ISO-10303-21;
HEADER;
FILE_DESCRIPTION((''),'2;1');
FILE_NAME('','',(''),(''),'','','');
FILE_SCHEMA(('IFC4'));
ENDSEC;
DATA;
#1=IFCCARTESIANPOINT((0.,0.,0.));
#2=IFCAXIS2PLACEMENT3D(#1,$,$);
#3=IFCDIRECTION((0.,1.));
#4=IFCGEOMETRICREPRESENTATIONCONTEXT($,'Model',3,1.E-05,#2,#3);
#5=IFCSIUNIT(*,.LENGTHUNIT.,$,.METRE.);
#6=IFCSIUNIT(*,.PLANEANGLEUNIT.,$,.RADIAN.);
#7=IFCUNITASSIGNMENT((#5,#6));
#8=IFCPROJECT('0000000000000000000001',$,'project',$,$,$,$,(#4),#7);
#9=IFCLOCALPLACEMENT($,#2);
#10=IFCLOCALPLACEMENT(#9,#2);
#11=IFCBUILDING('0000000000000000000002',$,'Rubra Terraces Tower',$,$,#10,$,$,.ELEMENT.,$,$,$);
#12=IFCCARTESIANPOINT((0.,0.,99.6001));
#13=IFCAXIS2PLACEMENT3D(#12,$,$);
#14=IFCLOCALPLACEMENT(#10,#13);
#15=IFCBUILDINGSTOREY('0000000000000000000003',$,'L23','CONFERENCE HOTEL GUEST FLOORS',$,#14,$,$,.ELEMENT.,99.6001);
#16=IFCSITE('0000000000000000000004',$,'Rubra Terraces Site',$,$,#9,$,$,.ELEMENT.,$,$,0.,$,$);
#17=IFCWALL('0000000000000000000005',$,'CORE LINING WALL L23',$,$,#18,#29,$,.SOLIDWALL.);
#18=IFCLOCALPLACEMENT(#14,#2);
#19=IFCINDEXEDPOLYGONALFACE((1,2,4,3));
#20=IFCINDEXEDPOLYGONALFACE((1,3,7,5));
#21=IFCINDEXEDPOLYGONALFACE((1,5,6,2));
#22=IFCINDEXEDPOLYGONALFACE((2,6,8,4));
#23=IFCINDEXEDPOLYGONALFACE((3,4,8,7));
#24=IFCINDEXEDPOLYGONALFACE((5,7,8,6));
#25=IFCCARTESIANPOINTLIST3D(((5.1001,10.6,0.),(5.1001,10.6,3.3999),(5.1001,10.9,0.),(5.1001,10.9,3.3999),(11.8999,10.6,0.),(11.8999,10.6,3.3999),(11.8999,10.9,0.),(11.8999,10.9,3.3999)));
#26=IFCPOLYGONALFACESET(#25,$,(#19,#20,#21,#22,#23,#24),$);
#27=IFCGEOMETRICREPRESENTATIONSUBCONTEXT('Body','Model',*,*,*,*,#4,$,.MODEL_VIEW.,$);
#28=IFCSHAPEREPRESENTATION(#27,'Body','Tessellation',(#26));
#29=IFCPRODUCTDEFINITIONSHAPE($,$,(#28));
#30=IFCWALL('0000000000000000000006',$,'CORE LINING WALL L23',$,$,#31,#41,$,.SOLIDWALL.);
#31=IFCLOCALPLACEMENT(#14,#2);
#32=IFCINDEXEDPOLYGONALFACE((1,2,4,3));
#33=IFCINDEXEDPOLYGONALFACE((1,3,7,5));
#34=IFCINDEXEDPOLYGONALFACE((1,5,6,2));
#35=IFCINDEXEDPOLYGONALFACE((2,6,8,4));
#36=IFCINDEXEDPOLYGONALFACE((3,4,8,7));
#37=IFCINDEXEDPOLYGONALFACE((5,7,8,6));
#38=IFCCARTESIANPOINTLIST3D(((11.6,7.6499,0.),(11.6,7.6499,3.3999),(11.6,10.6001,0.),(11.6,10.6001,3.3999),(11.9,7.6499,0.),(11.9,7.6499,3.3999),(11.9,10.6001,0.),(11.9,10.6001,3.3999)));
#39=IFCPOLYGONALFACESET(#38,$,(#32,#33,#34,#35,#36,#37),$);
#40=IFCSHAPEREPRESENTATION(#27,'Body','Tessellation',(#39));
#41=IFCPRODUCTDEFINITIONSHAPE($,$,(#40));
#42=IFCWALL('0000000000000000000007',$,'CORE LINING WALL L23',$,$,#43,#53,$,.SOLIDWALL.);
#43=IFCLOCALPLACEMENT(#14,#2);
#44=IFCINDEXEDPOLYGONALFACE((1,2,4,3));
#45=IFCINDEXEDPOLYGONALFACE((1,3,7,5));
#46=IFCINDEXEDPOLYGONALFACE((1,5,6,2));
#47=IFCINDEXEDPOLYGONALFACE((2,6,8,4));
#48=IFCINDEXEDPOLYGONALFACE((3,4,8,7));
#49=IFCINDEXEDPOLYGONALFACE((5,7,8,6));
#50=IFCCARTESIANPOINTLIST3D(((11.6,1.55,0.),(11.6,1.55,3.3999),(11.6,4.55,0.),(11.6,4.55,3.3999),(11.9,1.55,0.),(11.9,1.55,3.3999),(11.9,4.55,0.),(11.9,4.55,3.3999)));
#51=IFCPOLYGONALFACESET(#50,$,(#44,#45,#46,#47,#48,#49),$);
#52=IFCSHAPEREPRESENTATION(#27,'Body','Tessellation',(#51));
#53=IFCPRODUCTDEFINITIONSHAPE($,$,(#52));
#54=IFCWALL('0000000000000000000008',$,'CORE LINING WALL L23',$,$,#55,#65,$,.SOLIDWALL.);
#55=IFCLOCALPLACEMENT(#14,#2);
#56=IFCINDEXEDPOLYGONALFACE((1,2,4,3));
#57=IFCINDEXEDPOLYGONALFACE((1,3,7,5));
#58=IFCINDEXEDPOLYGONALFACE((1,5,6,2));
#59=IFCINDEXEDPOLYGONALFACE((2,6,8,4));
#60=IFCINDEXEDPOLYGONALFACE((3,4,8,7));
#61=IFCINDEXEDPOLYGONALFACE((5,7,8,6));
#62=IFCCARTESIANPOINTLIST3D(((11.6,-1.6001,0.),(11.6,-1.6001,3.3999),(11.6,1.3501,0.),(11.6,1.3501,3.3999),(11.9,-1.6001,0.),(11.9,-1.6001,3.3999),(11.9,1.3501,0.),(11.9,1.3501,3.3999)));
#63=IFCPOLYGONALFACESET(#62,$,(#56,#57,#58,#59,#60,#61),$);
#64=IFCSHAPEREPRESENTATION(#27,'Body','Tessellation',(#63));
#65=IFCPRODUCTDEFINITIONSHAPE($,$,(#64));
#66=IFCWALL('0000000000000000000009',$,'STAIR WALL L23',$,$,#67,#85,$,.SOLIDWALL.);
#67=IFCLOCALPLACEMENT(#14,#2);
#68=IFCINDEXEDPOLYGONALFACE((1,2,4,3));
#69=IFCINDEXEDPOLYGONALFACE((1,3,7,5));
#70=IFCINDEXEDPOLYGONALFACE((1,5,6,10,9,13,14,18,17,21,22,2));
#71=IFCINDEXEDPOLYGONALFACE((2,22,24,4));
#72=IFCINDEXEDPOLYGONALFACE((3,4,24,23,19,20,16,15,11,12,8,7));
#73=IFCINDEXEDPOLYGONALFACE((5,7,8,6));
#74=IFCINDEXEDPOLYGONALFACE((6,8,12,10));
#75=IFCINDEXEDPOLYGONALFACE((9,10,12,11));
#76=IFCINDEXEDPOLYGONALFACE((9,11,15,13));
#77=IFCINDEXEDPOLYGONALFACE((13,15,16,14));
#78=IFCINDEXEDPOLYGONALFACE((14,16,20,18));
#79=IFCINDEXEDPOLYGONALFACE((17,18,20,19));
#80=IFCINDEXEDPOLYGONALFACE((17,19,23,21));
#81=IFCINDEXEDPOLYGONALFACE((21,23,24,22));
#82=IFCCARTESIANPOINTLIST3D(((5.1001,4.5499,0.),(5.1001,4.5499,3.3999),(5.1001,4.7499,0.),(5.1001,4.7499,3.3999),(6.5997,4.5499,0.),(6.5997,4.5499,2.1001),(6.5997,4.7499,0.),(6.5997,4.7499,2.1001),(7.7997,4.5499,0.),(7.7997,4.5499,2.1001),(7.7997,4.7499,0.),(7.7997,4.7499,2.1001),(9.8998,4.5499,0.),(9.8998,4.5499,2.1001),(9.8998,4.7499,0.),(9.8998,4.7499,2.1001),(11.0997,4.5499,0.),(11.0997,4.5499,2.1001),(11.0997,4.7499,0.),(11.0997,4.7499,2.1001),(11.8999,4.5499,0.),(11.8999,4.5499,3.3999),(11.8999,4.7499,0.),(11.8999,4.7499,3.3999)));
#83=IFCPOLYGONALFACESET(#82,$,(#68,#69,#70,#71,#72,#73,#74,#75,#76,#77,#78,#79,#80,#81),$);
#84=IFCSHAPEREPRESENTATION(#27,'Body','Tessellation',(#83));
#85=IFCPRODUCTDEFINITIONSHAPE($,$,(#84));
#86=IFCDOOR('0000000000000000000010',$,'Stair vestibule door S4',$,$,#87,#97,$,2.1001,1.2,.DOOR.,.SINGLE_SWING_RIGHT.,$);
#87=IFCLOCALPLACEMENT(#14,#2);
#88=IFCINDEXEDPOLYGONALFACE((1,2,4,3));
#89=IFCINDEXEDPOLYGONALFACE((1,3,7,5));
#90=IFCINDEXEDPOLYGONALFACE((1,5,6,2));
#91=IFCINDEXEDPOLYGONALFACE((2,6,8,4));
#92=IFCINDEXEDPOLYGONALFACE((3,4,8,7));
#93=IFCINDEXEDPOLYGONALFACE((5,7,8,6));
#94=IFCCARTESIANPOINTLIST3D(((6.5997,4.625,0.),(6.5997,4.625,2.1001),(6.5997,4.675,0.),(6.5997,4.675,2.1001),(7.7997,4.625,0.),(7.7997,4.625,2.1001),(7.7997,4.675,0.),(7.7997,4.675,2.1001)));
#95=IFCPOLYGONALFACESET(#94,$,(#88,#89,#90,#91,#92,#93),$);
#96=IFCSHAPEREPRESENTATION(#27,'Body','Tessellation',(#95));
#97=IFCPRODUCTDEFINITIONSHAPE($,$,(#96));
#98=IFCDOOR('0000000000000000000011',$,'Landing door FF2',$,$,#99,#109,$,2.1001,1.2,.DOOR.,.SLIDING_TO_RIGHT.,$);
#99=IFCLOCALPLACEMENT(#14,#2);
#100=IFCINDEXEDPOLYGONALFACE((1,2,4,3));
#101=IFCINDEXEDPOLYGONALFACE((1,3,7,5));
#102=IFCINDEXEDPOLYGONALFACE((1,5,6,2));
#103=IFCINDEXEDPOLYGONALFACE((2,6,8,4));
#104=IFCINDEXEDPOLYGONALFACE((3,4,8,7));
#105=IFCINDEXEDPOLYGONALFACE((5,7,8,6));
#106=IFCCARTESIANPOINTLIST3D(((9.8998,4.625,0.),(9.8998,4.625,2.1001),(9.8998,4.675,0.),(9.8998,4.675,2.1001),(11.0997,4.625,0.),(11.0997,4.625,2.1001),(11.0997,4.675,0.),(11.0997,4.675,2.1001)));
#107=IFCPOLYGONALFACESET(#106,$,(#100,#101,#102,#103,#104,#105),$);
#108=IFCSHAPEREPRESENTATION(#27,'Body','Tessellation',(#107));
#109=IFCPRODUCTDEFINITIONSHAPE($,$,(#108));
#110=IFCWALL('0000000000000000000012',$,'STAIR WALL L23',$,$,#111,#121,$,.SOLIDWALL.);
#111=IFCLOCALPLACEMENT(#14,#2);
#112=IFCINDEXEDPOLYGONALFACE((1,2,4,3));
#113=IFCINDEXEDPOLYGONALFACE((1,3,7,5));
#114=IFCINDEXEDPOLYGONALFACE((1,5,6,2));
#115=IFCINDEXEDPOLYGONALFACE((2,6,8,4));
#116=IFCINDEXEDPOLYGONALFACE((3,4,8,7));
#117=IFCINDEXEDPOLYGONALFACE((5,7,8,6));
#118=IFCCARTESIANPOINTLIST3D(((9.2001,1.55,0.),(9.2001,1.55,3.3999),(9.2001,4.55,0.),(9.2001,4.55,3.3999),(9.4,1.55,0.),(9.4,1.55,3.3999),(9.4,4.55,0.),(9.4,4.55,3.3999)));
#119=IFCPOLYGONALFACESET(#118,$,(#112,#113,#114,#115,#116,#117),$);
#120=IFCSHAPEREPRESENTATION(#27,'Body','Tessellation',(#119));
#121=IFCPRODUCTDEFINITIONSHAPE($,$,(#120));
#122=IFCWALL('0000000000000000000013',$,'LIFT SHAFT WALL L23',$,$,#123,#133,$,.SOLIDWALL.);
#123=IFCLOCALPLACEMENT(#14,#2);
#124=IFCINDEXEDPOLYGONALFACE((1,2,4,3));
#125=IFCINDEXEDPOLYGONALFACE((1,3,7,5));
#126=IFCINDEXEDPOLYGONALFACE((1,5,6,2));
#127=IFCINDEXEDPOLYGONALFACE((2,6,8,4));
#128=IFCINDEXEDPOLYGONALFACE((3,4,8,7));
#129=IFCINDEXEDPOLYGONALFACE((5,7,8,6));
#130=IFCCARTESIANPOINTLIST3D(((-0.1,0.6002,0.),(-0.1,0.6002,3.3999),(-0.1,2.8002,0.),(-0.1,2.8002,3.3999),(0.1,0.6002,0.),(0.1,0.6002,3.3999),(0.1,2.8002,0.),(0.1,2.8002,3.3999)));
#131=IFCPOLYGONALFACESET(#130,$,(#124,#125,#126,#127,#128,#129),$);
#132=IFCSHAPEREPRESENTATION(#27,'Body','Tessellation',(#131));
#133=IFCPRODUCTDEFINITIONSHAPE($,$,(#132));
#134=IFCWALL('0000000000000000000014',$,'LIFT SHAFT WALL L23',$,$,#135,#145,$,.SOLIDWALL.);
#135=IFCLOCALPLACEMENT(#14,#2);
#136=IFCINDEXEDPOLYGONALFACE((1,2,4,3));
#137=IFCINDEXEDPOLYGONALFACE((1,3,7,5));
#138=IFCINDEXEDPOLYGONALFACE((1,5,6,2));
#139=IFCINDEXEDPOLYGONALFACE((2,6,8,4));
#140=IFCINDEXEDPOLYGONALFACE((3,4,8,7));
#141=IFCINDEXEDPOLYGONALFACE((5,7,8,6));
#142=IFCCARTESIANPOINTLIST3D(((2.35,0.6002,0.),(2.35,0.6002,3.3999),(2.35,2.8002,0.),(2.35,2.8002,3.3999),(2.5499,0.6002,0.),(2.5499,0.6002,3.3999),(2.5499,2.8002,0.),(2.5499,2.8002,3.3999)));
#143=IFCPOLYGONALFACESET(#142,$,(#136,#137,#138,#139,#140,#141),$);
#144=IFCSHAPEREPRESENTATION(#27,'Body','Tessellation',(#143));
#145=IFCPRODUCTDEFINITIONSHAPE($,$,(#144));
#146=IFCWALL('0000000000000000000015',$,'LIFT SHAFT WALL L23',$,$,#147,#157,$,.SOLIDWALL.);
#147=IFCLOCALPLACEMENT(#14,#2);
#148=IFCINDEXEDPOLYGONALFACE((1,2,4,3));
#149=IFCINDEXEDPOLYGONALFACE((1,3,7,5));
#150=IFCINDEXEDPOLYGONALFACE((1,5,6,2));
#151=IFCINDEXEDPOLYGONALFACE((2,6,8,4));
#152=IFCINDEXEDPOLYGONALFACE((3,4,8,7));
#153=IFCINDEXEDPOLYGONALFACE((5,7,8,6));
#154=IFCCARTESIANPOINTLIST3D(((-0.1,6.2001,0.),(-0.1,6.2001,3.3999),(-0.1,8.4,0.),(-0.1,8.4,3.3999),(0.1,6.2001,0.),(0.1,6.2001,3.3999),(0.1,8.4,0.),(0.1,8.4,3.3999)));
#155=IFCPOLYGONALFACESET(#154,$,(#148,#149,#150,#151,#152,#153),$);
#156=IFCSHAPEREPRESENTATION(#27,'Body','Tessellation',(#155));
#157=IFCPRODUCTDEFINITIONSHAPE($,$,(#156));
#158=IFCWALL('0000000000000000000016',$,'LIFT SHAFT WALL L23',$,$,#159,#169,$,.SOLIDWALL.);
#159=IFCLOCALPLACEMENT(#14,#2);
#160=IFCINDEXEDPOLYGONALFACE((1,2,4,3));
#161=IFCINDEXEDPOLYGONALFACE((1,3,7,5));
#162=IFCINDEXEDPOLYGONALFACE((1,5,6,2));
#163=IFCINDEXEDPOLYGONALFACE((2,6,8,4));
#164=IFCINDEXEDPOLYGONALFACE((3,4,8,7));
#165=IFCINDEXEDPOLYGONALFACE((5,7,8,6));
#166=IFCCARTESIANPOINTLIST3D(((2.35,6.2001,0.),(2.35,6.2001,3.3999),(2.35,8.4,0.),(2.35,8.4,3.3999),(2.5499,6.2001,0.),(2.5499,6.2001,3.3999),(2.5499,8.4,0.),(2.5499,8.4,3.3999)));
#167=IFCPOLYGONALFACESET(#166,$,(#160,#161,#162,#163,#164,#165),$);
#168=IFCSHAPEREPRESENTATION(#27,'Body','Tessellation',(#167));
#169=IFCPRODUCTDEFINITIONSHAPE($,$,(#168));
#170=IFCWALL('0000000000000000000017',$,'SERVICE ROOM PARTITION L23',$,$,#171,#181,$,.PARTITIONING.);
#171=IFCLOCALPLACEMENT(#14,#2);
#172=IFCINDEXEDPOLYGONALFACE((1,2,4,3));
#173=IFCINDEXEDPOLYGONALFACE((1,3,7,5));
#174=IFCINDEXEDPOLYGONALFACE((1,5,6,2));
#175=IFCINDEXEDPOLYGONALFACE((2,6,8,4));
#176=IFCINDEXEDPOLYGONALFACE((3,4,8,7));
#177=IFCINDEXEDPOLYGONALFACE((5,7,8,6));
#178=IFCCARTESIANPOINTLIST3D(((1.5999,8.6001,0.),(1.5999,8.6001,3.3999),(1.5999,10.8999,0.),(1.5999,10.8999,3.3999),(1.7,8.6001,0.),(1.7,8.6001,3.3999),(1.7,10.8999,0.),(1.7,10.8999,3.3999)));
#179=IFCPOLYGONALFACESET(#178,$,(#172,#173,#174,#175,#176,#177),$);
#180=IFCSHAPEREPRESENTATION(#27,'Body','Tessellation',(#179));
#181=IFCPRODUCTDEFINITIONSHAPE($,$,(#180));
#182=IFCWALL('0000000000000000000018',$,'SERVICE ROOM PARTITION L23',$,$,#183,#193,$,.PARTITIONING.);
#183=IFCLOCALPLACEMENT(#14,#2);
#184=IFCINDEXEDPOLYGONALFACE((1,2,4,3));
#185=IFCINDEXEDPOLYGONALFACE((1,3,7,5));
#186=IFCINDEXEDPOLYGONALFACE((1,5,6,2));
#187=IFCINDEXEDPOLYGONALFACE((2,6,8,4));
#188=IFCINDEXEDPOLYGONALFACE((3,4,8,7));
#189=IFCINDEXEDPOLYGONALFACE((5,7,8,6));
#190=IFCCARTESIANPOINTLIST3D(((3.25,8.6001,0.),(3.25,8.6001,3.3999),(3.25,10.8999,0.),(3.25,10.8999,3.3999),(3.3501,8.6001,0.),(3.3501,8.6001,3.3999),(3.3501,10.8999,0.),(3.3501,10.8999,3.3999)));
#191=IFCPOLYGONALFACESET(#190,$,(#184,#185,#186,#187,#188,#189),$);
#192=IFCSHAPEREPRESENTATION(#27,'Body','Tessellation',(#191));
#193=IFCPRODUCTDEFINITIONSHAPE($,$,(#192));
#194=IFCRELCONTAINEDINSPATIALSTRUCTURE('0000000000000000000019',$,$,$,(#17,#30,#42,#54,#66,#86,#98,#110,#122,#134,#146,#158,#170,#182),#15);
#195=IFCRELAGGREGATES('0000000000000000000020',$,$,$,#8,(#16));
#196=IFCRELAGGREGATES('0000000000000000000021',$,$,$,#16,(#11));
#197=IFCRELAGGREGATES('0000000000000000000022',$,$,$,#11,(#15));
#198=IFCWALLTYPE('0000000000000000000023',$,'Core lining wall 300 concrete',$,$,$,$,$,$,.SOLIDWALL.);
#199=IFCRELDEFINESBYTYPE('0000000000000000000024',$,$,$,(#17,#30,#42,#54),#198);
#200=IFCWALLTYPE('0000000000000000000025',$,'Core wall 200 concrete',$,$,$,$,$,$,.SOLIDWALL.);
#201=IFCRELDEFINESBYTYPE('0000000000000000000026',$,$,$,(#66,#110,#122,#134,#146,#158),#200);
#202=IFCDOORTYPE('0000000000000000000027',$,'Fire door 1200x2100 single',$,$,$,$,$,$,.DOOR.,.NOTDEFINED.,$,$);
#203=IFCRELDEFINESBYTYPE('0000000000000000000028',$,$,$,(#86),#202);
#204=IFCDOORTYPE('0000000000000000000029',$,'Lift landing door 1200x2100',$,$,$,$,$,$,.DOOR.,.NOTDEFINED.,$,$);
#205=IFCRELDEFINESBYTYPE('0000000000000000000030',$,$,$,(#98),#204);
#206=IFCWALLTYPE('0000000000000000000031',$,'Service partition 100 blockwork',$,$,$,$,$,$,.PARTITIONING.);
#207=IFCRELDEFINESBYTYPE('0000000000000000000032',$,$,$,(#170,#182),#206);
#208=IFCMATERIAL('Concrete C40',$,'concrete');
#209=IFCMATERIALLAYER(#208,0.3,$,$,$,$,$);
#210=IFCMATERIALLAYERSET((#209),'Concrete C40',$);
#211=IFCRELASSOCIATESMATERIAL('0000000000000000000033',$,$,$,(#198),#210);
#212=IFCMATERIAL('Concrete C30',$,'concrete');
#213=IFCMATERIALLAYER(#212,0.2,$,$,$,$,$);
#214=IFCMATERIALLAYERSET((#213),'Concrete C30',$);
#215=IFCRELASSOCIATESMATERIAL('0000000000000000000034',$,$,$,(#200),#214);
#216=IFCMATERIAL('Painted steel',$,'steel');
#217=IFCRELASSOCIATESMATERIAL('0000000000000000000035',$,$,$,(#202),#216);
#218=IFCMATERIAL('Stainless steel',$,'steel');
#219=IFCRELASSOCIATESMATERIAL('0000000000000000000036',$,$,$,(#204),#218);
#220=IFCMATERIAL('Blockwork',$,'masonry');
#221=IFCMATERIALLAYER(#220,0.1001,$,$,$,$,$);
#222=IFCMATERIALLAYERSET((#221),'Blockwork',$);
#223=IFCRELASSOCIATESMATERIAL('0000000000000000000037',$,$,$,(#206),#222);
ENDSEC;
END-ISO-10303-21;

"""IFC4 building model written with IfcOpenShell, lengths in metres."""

from ifc_helpers import new_model, si_unit, direction, frame, frame_2d, origin, place, context, subcontext, project, spatial, rectangle, extrude, material, layer, layer_set, type_object, element, fill, save


model = new_model("IFC4")

# Units and contexts
model_context = context("Model", 3, precision=1e-05, world=origin(), true_north=direction((0.0, 1.0)))
body_context = subcontext(model_context, "Body", "Model", "MODEL_VIEW")
ifc_project = project(units=[si_unit("LENGTHUNIT", "METRE"), si_unit("PLANEANGLEUNIT", "RADIAN")], contexts=[model_context])

# Site, building, storey
site_placement = place(None, origin())
site = spatial("IfcSite", under=ifc_project, at=site_placement, Name="Rubra Terraces Site", CompositionType="ELEMENT", RefElevation=0.0)
building_placement = place(site_placement, origin())
building = spatial("IfcBuilding", under=site, at=building_placement, Name="Rubra Terraces Tower", CompositionType="ELEMENT")
storey_placement = place(building_placement, frame((0.0, 0.0, 99.6001)))
storey = spatial("IfcBuildingStorey", under=building, at=storey_placement, Name="L23", Description="CONFERENCE HOTEL GUEST FLOORS", CompositionType="ELEMENT", Elevation=99.6001)

# Walls
ifc_material_1 = material(Name="Concrete C40", Category="concrete")
ifc_layer_1 = layer(ifc_material_1, 0.3)
ifc_layer_set_1 = layer_set([ifc_layer_1], Name="Concrete C40")
wall_type_1 = type_object("IfcWallType", Name="Core lining wall 300 concrete", PredefinedType="SOLIDWALL", material=ifc_layer_set_1)
wall_1_placement = place(storey_placement, frame((11.8999, 10.75, 0.0), z_axis=(0.0, 0.0, 1.0), x_axis=(-1.0, 0.0, 0.0)))
element("IfcWall", 1, at=wall_1_placement, inside=storey, type_object=wall_type_1, Name="CORE LINING WALL L23", PredefinedType="SOLIDWALL", context=body_context, shape_type="SweptSolid", body=[
    extrude(rectangle(XDim=6.7998, YDim=0.3, at=frame_2d((3.3999, 0.0))), origin(), (0.0, 0.0, 1.0), 3.3999),
])
wall_2_placement = place(storey_placement, frame((11.75, 10.6001, 0.0), z_axis=(0.0, 0.0, 1.0), x_axis=(0.0, -1.0, 0.0)))
element("IfcWall", 2, at=wall_2_placement, inside=storey, type_object=wall_type_1, Name="CORE LINING WALL L23", PredefinedType="SOLIDWALL", context=body_context, shape_type="SweptSolid", body=[
    extrude(rectangle(XDim=2.9502, YDim=0.3, at=frame_2d((1.4751, 0.0))), origin(), (0.0, 0.0, 1.0), 3.3999),
])
wall_3_placement = place(storey_placement, frame((11.75, 4.55, 0.0), z_axis=(0.0, 0.0, 1.0), x_axis=(0.0, -1.0, 0.0)))
element("IfcWall", 3, at=wall_3_placement, inside=storey, type_object=wall_type_1, Name="CORE LINING WALL L23", PredefinedType="SOLIDWALL", context=body_context, shape_type="SweptSolid", body=[
    extrude(rectangle(XDim=3.0, YDim=0.3, at=frame_2d((1.5, 0.0))), origin(), (0.0, 0.0, 1.0), 3.3999),
])
wall_4_placement = place(storey_placement, frame((11.75, 1.3501, 0.0), z_axis=(0.0, 0.0, 1.0), x_axis=(0.0, -1.0, 0.0)))
element("IfcWall", 4, at=wall_4_placement, inside=storey, type_object=wall_type_1, Name="CORE LINING WALL L23", PredefinedType="SOLIDWALL", context=body_context, shape_type="SweptSolid", body=[
    extrude(rectangle(XDim=2.9502, YDim=0.3, at=frame_2d((1.4751, 0.0))), origin(), (0.0, 0.0, 1.0), 3.3999),
])

# Wall, openings, doors
ifc_material_2 = material(Name="Concrete C30", Category="concrete")
ifc_layer_2 = layer(ifc_material_2, 0.2)
ifc_layer_set_2 = layer_set([ifc_layer_2], Name="Concrete C30")
wall_type_2 = type_object("IfcWallType", Name="Core wall 200 concrete", PredefinedType="SOLIDWALL", material=ifc_layer_set_2)
wall_5_placement = place(storey_placement, frame((11.8999, 4.6499, 0.0), z_axis=(0.0, 0.0, 1.0), x_axis=(-1.0, 0.0, 0.0)))
wall_5 = element("IfcWall", 5, at=wall_5_placement, inside=storey, type_object=wall_type_2, Name="STAIR WALL L23", PredefinedType="SOLIDWALL", context=body_context, shape_type="SweptSolid", body=[
    extrude(rectangle(XDim=6.7998, YDim=0.2, at=frame_2d((3.3999, 0.0))), origin(), (0.0, 0.0, 1.0), 3.3999),
])
opening_1_placement = place(wall_5_placement, frame((4.1001, 0.0, 0.0)))
opening_1 = element("IfcOpeningElement", 6, at=opening_1_placement, cuts=wall_5, PredefinedType="OPENING", context=body_context, shape_type="SweptSolid", body=[
    extrude(rectangle(XDim=1.2, YDim=2.1001, at=frame_2d((0.6001, 1.05))), frame((0.0, 0.1099, 0.0), z_axis=(0.0, -1.0, 0.0), x_axis=(1.0, 0.0, 0.0)), (0.0, 0.0, 1.0), 0.22),
])
opening_2_placement = place(wall_5_placement, frame((0.8, 0.0, 0.0)))
opening_2 = element("IfcOpeningElement", 7, at=opening_2_placement, cuts=wall_5, PredefinedType="OPENING", context=body_context, shape_type="SweptSolid", body=[
    extrude(rectangle(XDim=1.2, YDim=2.1001, at=frame_2d((0.6001, 1.05))), frame((0.0, 0.1099, 0.0), z_axis=(0.0, -1.0, 0.0), x_axis=(1.0, 0.0, 0.0)), (0.0, 0.0, 1.0), 0.22),
])
ifc_material_3 = material(Name="Painted steel", Category="steel")
door_type_1 = type_object("IfcDoorType", Name="Fire door 1200x2100 single", OperationType="NOTDEFINED", PredefinedType="DOOR", material=ifc_material_3)
door_1_placement = place(opening_1_placement, origin())
door_1 = element("IfcDoor", 8, at=door_1_placement, inside=storey, type_object=door_type_1, Name="Stair vestibule door S4", OperationType="SINGLE_SWING_RIGHT", OverallHeight=2.1001, OverallWidth=1.2, PredefinedType="DOOR", context=body_context, shape_type="SweptSolid", body=[
    extrude(rectangle(XDim=1.2, YDim=2.1001, at=frame_2d((0.6001, 1.05))), frame((0.0, 0.0249, 0.0), z_axis=(0.0, -1.0, 0.0), x_axis=(1.0, 0.0, 0.0)), (0.0, 0.0, 1.0), 0.05),
])
fill(opening_1, door_1)
ifc_material_4 = material(Name="Stainless steel", Category="steel")
door_type_2 = type_object("IfcDoorType", Name="Lift landing door 1200x2100", OperationType="NOTDEFINED", PredefinedType="DOOR", material=ifc_material_4)
door_2_placement = place(opening_2_placement, origin())
door_2 = element("IfcDoor", 9, at=door_2_placement, inside=storey, type_object=door_type_2, Name="Landing door FF2", OperationType="SLIDING_TO_RIGHT", OverallHeight=2.1001, OverallWidth=1.2, PredefinedType="DOOR", context=body_context, shape_type="SweptSolid", body=[
    extrude(rectangle(XDim=1.2, YDim=2.1001, at=frame_2d((0.6001, 1.05))), frame((0.0, 0.0249, 0.0), z_axis=(0.0, -1.0, 0.0), x_axis=(1.0, 0.0, 0.0)), (0.0, 0.0, 1.0), 0.05),
])
fill(opening_2, door_2)

# Walls
wall_6_placement = place(storey_placement, frame((9.3, 4.55, 0.0), z_axis=(0.0, 0.0, 1.0), x_axis=(0.0, -1.0, 0.0)))
element("IfcWall", 10, at=wall_6_placement, inside=storey, type_object=wall_type_2, Name="STAIR WALL L23", PredefinedType="SOLIDWALL", context=body_context, shape_type="SweptSolid", body=[
    extrude(rectangle(XDim=3.0, YDim=0.2, at=frame_2d((1.5, 0.0))), origin(), (0.0, 0.0, 1.0), 3.3999),
])
for number, where, z_axis, x_axis, name in (
    (11, (0.0, 0.6001, 0.0), (0.0, 0.0, 1.0), (0.0, 1.0, 0.0), "LIFT SHAFT WALL L23"),
    (12, (2.45, 0.6001, 0.0), (0.0, 0.0, 1.0), (0.0, 1.0, 0.0), "LIFT SHAFT WALL L23"),
    (13, (0.0, 6.2, 0.0), (0.0, 0.0, 1.0), (0.0, 1.0, 0.0), "LIFT SHAFT WALL L23"),
    (14, (2.45, 6.2, 0.0), (0.0, 0.0, 1.0), (0.0, 1.0, 0.0), "LIFT SHAFT WALL L23"),
):
    element("IfcWall", number, at=place(storey_placement, frame(where, z_axis=z_axis, x_axis=x_axis)), inside=storey, type_object=wall_type_2, Name=name, PredefinedType="SOLIDWALL", context=body_context, shape_type="SweptSolid", body=[
        extrude(rectangle(XDim=2.2, YDim=0.2, at=frame_2d((1.1001, 0.0))), origin(), (0.0, 0.0, 1.0), 3.3999),
    ])
ifc_material_5 = material(Name="Blockwork", Category="masonry")
ifc_layer_3 = layer(ifc_material_5, 0.1001)
ifc_layer_set_3 = layer_set([ifc_layer_3], Name="Blockwork")
wall_type_3 = type_object("IfcWallType", Name="Service partition 100 blockwork", PredefinedType="PARTITIONING", material=ifc_layer_set_3)
for number, where, z_axis, x_axis, name in (
    (15, (1.6499, 8.6001, 0.0), (0.0, 0.0, 1.0), (0.0, 1.0, 0.0), "SERVICE ROOM PARTITION L23"),
    (16, (3.3, 8.6001, 0.0), (0.0, 0.0, 1.0), (0.0, 1.0, 0.0), "SERVICE ROOM PARTITION L23"),
):
    element("IfcWall", number, at=place(storey_placement, frame(where, z_axis=z_axis, x_axis=x_axis)), inside=storey, type_object=wall_type_3, Name=name, PredefinedType="PARTITIONING", context=body_context, shape_type="SweptSolid", body=[
        extrude(rectangle(XDim=2.2998, YDim=0.1001, at=frame_2d((1.1499, 0.0))), origin(), (0.0, 0.0, 1.0), 3.3999),
    ])

save(model, "model.ifc")
